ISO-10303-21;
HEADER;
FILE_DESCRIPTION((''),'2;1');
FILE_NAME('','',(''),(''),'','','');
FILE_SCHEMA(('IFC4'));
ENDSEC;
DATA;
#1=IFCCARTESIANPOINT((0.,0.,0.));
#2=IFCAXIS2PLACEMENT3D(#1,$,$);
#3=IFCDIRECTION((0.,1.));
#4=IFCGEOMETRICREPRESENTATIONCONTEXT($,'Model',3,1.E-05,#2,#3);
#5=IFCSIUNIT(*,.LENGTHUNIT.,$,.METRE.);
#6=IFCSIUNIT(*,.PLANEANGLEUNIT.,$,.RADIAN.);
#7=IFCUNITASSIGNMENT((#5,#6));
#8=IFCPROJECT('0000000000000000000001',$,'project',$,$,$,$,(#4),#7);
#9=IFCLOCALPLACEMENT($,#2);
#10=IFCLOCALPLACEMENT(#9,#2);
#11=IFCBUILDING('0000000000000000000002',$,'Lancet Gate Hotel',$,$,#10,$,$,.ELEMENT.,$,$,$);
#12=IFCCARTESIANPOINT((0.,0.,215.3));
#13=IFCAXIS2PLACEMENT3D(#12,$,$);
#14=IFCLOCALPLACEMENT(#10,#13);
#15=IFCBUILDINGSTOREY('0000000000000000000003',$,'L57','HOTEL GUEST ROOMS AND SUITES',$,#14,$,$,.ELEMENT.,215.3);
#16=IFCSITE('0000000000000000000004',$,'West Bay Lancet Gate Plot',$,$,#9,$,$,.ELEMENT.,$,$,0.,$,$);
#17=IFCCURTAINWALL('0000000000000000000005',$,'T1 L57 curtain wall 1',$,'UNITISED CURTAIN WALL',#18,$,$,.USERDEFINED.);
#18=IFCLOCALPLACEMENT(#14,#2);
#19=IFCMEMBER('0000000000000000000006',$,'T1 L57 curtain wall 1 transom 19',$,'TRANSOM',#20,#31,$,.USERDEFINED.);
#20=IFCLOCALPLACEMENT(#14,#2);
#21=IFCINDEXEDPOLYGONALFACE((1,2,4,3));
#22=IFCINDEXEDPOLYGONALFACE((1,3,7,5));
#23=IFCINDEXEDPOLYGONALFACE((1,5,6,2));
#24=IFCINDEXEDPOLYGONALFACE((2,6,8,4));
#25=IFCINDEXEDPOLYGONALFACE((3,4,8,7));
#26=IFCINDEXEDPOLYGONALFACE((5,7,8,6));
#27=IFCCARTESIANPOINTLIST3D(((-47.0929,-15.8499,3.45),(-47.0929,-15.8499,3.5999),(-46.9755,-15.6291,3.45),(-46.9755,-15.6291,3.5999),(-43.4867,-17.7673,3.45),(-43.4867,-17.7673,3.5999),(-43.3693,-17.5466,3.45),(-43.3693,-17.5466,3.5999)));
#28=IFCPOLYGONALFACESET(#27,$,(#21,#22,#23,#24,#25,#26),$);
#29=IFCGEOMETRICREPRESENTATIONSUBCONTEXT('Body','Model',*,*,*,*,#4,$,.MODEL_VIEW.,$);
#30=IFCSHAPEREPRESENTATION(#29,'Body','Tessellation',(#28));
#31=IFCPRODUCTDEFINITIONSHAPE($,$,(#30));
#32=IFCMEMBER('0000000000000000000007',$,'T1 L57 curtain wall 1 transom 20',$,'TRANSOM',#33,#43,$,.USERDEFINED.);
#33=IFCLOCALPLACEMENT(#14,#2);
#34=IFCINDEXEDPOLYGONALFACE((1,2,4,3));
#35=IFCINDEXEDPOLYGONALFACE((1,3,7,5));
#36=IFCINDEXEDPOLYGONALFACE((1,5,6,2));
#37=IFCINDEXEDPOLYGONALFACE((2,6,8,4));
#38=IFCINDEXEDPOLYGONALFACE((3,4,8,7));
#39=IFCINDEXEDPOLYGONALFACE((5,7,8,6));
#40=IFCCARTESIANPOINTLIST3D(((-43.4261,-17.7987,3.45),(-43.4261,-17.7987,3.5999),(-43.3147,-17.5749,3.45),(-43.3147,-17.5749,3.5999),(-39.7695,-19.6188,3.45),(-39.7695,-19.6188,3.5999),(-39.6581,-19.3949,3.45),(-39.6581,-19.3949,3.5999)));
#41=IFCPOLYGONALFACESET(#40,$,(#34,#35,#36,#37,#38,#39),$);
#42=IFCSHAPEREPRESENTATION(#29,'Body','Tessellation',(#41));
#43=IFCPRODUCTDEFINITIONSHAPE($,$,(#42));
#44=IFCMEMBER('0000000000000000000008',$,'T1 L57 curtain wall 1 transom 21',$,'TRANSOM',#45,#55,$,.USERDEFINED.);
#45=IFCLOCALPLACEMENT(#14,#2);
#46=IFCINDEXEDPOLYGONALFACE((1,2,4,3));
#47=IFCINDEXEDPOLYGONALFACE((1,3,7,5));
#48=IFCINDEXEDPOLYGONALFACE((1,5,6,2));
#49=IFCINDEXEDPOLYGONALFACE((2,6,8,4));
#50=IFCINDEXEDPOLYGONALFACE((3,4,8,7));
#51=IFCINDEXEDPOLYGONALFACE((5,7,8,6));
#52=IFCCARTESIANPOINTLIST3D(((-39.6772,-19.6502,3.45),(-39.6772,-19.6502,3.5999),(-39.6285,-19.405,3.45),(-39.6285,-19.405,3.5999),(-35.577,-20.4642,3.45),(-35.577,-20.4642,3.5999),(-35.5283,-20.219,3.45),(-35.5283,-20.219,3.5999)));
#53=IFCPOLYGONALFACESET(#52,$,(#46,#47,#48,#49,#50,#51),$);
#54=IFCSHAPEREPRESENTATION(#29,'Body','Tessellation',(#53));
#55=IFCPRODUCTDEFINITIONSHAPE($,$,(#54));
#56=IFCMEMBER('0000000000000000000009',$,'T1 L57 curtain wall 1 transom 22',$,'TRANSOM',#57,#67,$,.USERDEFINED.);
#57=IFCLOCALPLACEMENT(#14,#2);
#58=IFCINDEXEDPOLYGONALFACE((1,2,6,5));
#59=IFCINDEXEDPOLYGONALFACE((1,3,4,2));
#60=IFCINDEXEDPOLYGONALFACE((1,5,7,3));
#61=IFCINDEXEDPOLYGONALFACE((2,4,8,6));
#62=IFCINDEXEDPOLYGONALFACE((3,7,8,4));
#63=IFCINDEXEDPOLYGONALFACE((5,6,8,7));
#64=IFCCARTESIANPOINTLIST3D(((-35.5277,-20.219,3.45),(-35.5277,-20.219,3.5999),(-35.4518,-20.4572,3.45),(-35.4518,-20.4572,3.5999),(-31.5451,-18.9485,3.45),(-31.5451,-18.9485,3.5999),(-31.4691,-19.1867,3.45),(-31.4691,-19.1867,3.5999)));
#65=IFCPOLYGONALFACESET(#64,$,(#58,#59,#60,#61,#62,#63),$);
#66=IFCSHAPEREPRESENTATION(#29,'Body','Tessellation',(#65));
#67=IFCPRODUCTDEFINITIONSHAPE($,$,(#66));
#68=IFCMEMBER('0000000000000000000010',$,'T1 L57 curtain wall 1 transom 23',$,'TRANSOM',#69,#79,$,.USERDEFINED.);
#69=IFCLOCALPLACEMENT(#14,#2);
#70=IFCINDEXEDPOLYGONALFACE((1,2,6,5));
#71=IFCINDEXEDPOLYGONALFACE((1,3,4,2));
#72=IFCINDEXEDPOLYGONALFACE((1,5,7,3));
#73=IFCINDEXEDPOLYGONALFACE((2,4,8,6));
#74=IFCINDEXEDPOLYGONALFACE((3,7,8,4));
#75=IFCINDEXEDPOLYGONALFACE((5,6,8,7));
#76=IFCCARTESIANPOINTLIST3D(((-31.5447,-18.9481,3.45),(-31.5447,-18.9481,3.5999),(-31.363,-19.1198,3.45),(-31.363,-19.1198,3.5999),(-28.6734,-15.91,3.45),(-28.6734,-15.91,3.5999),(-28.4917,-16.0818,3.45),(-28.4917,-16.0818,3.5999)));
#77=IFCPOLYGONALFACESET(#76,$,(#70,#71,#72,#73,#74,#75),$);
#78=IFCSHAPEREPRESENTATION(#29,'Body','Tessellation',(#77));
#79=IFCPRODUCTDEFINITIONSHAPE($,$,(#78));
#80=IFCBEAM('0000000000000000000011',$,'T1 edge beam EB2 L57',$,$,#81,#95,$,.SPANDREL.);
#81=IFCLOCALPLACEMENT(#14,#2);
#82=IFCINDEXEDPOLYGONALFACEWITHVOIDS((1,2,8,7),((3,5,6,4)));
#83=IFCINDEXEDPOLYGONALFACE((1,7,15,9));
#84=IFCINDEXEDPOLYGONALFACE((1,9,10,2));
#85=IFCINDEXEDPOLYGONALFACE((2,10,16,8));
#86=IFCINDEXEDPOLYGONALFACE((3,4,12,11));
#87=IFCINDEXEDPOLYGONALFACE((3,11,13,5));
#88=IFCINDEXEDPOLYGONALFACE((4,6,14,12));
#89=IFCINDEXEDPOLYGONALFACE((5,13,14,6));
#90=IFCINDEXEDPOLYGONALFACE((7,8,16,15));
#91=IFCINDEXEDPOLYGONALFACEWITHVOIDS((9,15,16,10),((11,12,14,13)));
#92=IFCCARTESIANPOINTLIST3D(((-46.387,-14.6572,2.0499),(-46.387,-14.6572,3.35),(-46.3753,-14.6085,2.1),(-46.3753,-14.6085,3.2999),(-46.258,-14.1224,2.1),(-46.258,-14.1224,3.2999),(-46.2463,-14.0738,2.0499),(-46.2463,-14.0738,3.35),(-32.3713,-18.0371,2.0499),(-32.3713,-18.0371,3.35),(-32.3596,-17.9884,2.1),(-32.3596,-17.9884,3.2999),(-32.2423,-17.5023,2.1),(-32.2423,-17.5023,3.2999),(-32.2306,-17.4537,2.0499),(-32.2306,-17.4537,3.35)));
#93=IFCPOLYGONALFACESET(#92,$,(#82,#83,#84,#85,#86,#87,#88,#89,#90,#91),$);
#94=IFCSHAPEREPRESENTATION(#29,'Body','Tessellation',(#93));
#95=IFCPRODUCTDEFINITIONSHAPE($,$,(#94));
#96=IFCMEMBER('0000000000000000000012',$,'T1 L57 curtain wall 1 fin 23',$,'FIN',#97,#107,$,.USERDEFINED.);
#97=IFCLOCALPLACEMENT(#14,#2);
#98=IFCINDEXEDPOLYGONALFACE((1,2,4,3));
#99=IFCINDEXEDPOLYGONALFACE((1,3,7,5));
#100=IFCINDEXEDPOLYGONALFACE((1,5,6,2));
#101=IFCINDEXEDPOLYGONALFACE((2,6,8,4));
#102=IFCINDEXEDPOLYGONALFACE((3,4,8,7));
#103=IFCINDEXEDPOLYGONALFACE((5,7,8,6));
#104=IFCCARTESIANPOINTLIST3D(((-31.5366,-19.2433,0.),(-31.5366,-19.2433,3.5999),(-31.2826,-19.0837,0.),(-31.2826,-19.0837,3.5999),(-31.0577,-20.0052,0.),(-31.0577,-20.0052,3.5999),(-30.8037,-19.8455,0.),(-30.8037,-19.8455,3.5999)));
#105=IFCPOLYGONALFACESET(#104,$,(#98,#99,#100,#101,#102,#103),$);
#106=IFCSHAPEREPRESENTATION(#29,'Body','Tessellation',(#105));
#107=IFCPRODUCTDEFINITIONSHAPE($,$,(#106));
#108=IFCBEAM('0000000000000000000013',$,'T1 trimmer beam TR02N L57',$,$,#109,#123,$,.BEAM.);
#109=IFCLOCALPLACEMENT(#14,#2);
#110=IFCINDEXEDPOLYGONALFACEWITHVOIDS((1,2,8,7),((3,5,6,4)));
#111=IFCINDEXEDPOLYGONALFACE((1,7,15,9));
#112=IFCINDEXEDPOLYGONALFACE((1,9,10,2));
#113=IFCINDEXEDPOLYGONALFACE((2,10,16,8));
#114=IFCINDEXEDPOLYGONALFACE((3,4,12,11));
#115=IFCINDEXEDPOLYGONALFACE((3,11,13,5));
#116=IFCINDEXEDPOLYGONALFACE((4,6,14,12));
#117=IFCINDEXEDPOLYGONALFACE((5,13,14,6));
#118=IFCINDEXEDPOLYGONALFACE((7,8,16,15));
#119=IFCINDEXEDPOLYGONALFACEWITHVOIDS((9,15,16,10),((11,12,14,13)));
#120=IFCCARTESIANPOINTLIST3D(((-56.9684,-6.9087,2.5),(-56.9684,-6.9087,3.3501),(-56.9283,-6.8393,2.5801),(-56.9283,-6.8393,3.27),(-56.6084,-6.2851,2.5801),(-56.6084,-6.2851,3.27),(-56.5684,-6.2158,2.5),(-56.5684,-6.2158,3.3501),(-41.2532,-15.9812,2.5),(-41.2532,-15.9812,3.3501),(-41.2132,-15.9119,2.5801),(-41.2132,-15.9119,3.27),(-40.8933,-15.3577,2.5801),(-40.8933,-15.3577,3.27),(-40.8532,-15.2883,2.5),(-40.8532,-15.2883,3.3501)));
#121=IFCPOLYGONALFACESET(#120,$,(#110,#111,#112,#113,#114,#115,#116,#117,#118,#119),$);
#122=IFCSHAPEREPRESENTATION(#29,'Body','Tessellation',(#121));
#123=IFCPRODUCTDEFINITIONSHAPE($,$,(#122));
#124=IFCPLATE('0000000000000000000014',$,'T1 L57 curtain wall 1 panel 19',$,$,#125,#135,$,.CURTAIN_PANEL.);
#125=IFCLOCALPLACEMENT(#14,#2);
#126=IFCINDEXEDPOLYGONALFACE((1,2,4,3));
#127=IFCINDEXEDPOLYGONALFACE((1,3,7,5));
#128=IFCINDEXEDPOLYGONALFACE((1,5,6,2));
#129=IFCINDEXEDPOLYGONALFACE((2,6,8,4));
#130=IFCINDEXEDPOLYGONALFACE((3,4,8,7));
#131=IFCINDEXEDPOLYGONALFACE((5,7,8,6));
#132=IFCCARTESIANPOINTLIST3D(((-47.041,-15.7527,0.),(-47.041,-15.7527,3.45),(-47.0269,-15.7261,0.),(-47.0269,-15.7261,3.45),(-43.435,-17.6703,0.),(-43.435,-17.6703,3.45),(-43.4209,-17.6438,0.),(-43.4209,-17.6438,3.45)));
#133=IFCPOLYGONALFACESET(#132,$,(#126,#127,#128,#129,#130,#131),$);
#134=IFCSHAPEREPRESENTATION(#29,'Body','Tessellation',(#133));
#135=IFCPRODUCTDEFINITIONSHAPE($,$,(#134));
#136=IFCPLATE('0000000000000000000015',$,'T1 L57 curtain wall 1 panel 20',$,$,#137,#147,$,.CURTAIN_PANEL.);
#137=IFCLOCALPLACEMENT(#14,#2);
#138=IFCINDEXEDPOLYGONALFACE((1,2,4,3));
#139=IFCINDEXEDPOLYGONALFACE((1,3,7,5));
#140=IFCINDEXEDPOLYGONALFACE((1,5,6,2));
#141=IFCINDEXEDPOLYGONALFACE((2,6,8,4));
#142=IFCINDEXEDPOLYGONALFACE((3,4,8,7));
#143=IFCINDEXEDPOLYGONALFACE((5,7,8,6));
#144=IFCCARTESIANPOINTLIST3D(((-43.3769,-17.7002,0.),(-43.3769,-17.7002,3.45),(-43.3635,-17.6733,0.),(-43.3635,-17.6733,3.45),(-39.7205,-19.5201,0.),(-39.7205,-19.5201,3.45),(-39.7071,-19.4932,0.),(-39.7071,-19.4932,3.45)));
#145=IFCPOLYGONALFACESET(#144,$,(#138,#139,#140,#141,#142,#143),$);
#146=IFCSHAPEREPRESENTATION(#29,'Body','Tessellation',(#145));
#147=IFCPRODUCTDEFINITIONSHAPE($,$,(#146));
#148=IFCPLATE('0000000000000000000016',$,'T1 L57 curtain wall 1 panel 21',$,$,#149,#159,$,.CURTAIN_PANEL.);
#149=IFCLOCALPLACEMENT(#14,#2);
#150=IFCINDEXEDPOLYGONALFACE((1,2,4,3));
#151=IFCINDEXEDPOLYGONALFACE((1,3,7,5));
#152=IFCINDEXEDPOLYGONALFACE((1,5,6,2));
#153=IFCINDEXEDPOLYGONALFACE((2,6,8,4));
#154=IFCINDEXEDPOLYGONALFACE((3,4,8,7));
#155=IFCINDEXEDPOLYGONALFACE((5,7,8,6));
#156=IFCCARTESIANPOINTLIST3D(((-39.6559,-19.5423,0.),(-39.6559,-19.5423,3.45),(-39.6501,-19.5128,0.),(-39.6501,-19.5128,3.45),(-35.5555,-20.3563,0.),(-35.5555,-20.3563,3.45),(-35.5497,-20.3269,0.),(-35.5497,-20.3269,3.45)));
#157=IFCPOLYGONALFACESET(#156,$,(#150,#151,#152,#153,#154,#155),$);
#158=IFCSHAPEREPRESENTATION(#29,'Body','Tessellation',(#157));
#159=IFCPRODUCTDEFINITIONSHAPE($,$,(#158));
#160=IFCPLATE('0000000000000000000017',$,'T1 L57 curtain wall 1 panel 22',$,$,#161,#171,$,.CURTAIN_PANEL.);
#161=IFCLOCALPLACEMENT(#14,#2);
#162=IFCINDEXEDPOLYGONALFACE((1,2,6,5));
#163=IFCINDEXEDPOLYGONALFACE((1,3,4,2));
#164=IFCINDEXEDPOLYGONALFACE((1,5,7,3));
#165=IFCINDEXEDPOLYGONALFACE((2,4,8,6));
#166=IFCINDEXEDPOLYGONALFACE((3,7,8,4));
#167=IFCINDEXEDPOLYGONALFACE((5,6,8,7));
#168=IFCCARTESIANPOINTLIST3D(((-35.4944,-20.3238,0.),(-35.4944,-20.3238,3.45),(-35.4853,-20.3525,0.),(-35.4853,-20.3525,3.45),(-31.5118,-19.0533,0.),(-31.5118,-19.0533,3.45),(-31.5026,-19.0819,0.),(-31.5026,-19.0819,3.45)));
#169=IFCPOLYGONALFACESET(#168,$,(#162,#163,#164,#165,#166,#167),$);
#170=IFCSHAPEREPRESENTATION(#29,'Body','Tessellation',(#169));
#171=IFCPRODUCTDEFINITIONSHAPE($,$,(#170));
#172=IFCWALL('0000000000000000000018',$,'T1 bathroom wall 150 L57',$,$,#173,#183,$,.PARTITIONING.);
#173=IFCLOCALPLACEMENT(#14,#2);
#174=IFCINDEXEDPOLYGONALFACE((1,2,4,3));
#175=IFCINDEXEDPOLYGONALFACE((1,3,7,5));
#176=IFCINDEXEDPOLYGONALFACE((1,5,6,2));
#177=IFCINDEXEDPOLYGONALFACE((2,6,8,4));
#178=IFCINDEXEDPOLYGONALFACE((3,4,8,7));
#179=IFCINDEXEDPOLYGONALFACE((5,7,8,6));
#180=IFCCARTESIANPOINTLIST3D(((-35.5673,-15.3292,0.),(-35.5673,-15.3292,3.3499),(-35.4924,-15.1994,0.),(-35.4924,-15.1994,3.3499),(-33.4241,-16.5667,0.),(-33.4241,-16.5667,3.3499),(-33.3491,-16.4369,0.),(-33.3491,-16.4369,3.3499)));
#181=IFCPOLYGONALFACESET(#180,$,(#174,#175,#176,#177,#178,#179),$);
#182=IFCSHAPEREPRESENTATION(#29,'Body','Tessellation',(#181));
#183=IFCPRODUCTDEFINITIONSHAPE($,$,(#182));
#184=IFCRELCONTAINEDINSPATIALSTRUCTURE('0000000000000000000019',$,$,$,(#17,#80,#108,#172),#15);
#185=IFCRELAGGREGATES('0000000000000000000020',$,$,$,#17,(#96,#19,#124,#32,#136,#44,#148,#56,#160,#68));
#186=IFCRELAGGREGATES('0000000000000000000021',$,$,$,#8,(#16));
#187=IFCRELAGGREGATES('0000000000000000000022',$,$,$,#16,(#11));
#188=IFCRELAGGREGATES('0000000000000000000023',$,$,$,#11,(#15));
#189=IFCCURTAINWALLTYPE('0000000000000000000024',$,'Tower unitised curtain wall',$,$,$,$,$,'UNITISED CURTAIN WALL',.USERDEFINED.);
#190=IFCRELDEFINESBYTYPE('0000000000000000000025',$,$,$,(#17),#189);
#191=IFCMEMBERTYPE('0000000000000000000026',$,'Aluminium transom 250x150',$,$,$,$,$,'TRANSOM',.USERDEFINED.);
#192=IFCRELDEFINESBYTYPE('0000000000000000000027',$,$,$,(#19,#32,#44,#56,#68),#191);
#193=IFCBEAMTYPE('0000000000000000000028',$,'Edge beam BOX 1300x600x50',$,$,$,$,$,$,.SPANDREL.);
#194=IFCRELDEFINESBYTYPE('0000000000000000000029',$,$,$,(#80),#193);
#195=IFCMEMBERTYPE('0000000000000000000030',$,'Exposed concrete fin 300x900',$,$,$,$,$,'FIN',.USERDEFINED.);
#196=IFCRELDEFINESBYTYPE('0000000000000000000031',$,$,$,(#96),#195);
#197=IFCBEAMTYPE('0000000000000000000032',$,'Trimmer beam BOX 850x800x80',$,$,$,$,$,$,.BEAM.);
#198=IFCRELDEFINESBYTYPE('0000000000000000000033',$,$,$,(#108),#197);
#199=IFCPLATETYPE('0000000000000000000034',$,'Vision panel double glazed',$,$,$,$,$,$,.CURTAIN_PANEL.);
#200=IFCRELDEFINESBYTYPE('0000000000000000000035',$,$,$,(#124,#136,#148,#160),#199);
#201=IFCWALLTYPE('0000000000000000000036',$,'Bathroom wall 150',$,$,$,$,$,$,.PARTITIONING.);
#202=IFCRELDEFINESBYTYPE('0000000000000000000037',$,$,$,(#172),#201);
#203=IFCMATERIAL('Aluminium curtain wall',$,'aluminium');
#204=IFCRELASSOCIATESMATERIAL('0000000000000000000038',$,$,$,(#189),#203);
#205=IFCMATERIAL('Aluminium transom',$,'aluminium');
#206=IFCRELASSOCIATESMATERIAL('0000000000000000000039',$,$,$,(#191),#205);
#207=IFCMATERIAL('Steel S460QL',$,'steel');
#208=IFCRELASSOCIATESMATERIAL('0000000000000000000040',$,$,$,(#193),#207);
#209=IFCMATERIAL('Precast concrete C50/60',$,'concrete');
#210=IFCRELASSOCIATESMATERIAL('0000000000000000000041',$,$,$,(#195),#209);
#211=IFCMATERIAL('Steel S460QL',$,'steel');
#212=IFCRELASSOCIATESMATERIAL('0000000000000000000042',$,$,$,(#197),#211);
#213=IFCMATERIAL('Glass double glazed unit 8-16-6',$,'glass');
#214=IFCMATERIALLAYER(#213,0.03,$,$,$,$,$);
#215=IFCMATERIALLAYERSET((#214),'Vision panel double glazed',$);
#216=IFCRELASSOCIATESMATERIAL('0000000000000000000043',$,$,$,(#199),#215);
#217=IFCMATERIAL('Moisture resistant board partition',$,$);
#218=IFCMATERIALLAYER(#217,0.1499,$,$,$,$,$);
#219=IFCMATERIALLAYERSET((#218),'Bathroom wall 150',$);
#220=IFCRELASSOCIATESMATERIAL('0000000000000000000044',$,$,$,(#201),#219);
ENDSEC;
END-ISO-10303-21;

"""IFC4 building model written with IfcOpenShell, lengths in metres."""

from ifc_helpers import new_model, si_unit, direction, frame, frame_2d, origin, origin_2d, place, context, subcontext, project, spatial, rectangle, hollow_rectangle, extrude, material, layer, layer_set, material_profile, profile_set, type_object, element, aggregate, save


model = new_model("IFC4")

# Units and contexts
model_context = context("Model", 3, precision=1e-05, world=origin(), true_north=direction((0.0, 1.0)))
body_context = subcontext(model_context, "Body", "Model", "MODEL_VIEW")
ifc_project = project(units=[si_unit("LENGTHUNIT", "METRE"), si_unit("PLANEANGLEUNIT", "RADIAN")], contexts=[model_context])

# Site, building, storey
site_placement = place(None, origin())
site = spatial("IfcSite", under=ifc_project, at=site_placement, Name="West Bay Lancet Gate Plot", CompositionType="ELEMENT", RefElevation=0.0)
building_placement = place(site_placement, origin())
building = spatial("IfcBuilding", under=site, at=building_placement, Name="Lancet Gate Hotel", CompositionType="ELEMENT")
storey_placement = place(building_placement, frame((0.0, 0.0, 215.3)))
storey = spatial("IfcBuildingStorey", under=building, at=storey_placement, Name="L57", Description="HOTEL GUEST ROOMS AND SUITES", CompositionType="ELEMENT", Elevation=215.3)

# Curtain wall, members
ifc_material_1 = material(Name="Aluminium curtain wall", Category="aluminium")
curtain_wall_type = type_object("IfcCurtainWallType", Name="Tower unitised curtain wall", ElementType="UNITISED CURTAIN WALL", PredefinedType="USERDEFINED", material=ifc_material_1)
curtain_wall_placement = place(storey_placement, origin())
curtain_wall = element("IfcCurtainWall", 1, at=curtain_wall_placement, inside=storey, type_object=curtain_wall_type, Name="T1 L57 curtain wall 1", ObjectType="UNITISED CURTAIN WALL", PredefinedType="USERDEFINED")
ifc_material_2 = material(Name="Aluminium transom", Category="aluminium")
ifc_material_profile_1 = material_profile(ifc_material_2, rectangle(XDim=0.25, YDim=0.1499, at=origin_2d()), Name="TRANSOM 250x150")
ifc_profile_set_1 = profile_set([ifc_material_profile_1], Name="Aluminium transom")
member_type_1 = type_object("IfcMemberType", Name="Aluminium transom 250x150", ElementType="TRANSOM", PredefinedType="USERDEFINED", material=ifc_profile_set_1)
member_1_placement = place(storey_placement, frame((-47.0342, -15.7395, 3.5249), z_axis=(0.882945, -0.469477, 0.0), x_axis=(0.469477, 0.882945, 0.0)))
member_1 = element("IfcMember", 2, at=member_1_placement, type_object=member_type_1, Name="T1 L57 curtain wall 1 transom 19", ObjectType="TRANSOM", PredefinedType="USERDEFINED", context=body_context, shape_type="SweptSolid", body=[
    extrude(rectangle(XDim=0.25, YDim=0.1499, at=origin_2d()), origin(), (0.0, 0.0, 1.0), 4.0842),
])
member_2_placement = place(storey_placement, frame((-43.3704, -17.6868, 3.5249), z_axis=(0.895227, -0.445611, 0.0), x_axis=(0.445611, 0.895227, 0.0)))
member_2 = element("IfcMember", 3, at=member_2_placement, type_object=member_type_1, Name="T1 L57 curtain wall 1 transom 20", ObjectType="TRANSOM", PredefinedType="USERDEFINED", context=body_context, shape_type="SweptSolid", body=[
    extrude(rectangle(XDim=0.25, YDim=0.1499, at=origin_2d()), origin(), (0.0, 0.0, 1.0), 4.0845),
])
member_3_placement = place(storey_placement, frame((-39.6528, -19.5276, 3.5249), z_axis=(0.980858, -0.194723, 0.0), x_axis=(0.194723, 0.980858, 0.0)))
member_3 = element("IfcMember", 4, at=member_3_placement, type_object=member_type_1, Name="T1 L57 curtain wall 1 transom 21", ObjectType="TRANSOM", PredefinedType="USERDEFINED", context=body_context, shape_type="SweptSolid", body=[
    extrude(rectangle(XDim=0.25, YDim=0.1499, at=origin_2d()), origin(), (0.0, 0.0, 1.0), 4.1802),
])
member_4_placement = place(storey_placement, frame((-35.4897, -20.3381, 3.5249), z_axis=(0.952698, 0.30392, 0.0), x_axis=(-0.30392, 0.952698, 0.0)))
member_4 = element("IfcMember", 5, at=member_4_placement, type_object=member_type_1, Name="T1 L57 curtain wall 1 transom 22", ObjectType="TRANSOM", PredefinedType="USERDEFINED", context=body_context, shape_type="SweptSolid", body=[
    extrude(rectangle(XDim=0.25, YDim=0.1499, at=origin_2d()), origin(), (0.0, 0.0, 1.0), 4.1804),
])
member_5_placement = place(storey_placement, frame((-31.4539, -19.0339, 3.5249), z_axis=(0.686881, 0.72677, 0.0), x_axis=(-0.72677, 0.686881, 0.0)))
member_5 = element("IfcMember", 6, at=member_5_placement, type_object=member_type_1, Name="T1 L57 curtain wall 1 transom 23", ObjectType="TRANSOM", PredefinedType="USERDEFINED", context=body_context, shape_type="SweptSolid", body=[
    extrude(rectangle(XDim=0.25, YDim=0.1499, at=origin_2d()), origin(), (0.0, 0.0, 1.0), 4.1802),
])

# Beam
ifc_material_3 = material(Name="Steel S460QL", Category="steel")
ifc_material_profile_2 = material_profile(ifc_material_3, hollow_rectangle(XDim=0.6001, YDim=1.3, WallThickness=0.05, at=origin_2d()), Name="BOX 1300x600x50")
ifc_profile_set_2 = profile_set([ifc_material_profile_2], Name="Steel S460QL")
beam_type_1 = type_object("IfcBeamType", Name="Edge beam BOX 1300x600x50", PredefinedType="SPANDREL", material=ifc_profile_set_2)
beam_1_placement = place(storey_placement, frame((-46.3167, -14.3655, 2.7), z_axis=(0.972133, -0.234431, 0.0), x_axis=(0.234431, 0.972133, 0.0)))
element("IfcBeam", 7, at=beam_1_placement, inside=storey, type_object=beam_type_1, Name="T1 edge beam EB2 L57", PredefinedType="SPANDREL", context=body_context, shape_type="SweptSolid", body=[
    extrude(hollow_rectangle(XDim=0.6001, YDim=1.3, WallThickness=0.05, at=origin_2d()), origin(), (0.0, 0.0, 1.0), 14.4175),
])

# Member
ifc_material_4 = material(Name="Precast concrete C50/60", Category="concrete")
ifc_material_profile_3 = material_profile(ifc_material_4, rectangle(XDim=0.3, YDim=0.8999, at=origin_2d()), Name="FIN 300x900")
ifc_profile_set_3 = profile_set([ifc_material_profile_3], Name="Precast concrete C50/60")
member_type_2 = type_object("IfcMemberType", Name="Exposed concrete fin 300x900", ElementType="FIN", PredefinedType="USERDEFINED", material=ifc_profile_set_3)
member_6_placement = place(storey_placement, frame((-31.1702, -19.5444, 0.0), z_axis=(0.0, 0.0, 1.0), x_axis=(0.846613, 0.532209, 0.0)))
member_6 = element("IfcMember", 8, at=member_6_placement, type_object=member_type_2, Name="T1 L57 curtain wall 1 fin 23", ObjectType="FIN", PredefinedType="USERDEFINED", context=body_context, shape_type="SweptSolid", body=[
    extrude(rectangle(XDim=0.3, YDim=0.8999, at=origin_2d()), origin(), (0.0, 0.0, 1.0), 3.5999),
])

# Beam
ifc_material_5 = material(Name="Steel S460QL", Category="steel")
ifc_material_profile_4 = material_profile(ifc_material_5, hollow_rectangle(XDim=0.8, YDim=0.8501, WallThickness=0.0801, at=origin_2d()), Name="BOX 850x800x80")
ifc_profile_set_4 = profile_set([ifc_material_profile_4], Name="Steel S460QL")
beam_type_2 = type_object("IfcBeamType", Name="Trimmer beam BOX 850x800x80", PredefinedType="BEAM", material=ifc_profile_set_4)
beam_2_placement = place(storey_placement, frame((-41.0532, -15.6348, 2.925), z_axis=(-0.86604, 0.499975, 0.0), x_axis=(-0.499975, -0.86604, 0.0)))
element("IfcBeam", 9, at=beam_2_placement, inside=storey, type_object=beam_type_2, Name="T1 trimmer beam TR02N L57", PredefinedType="BEAM", context=body_context, shape_type="SweptSolid", body=[
    extrude(hollow_rectangle(XDim=0.8, YDim=0.8501, WallThickness=0.0801, at=origin_2d()), origin(), (0.0, 0.0, 1.0), 18.146),
])

# Plates
ifc_material_6 = material(Name="Glass double glazed unit 8-16-6", Category="glass")
ifc_layer_1 = layer(ifc_material_6, 0.03)
ifc_layer_set_1 = layer_set([ifc_layer_1], Name="Vision panel double glazed")
plate_type = type_object("IfcPlateType", Name="Vision panel double glazed", PredefinedType="CURTAIN_PANEL", material=ifc_layer_set_1)
plate_1_placement = place(storey_placement, frame((-45.231, -16.6982, 0.0), z_axis=(0.0, 0.0, 1.0), x_axis=(0.882916, -0.469531, 0.0)))
plate_1 = element("IfcPlate", 10, at=plate_1_placement, type_object=plate_type, Name="T1 L57 curtain wall 1 panel 19", PredefinedType="CURTAIN_PANEL", context=body_context, shape_type="SweptSolid", body=[
    extrude(rectangle(XDim=4.0842, YDim=0.03, at=origin_2d()), origin(), (0.0, 0.0, 1.0), 3.45),
])
plate_2_placement = place(storey_placement, frame((-41.542, -18.5967, 0.0), z_axis=(0.0, 0.0, 1.0), x_axis=(0.895234, -0.445596, 0.0)))
plate_2 = element("IfcPlate", 11, at=plate_2_placement, type_object=plate_type, Name="T1 L57 curtain wall 1 panel 20", PredefinedType="CURTAIN_PANEL", context=body_context, shape_type="SweptSolid", body=[
    extrude(rectangle(XDim=4.0842, YDim=0.03, at=origin_2d()), origin(), (0.0, 0.0, 1.0), 3.45),
])
plate_3_placement = place(storey_placement, frame((-37.6028, -19.9346, 0.0), z_axis=(0.0, 0.0, 1.0), x_axis=(0.980857, -0.194731, 0.0)))
plate_3 = element("IfcPlate", 12, at=plate_3_placement, type_object=plate_type, Name="T1 L57 curtain wall 1 panel 21", PredefinedType="CURTAIN_PANEL", context=body_context, shape_type="SweptSolid", body=[
    extrude(rectangle(XDim=4.1804, YDim=0.03, at=origin_2d()), origin(), (0.0, 0.0, 1.0), 3.45),
])
plate_4_placement = place(storey_placement, frame((-33.4985, -19.7029, 0.0), z_axis=(0.0, 0.0, 1.0), x_axis=(0.952696, 0.303926, 0.0)))
plate_4 = element("IfcPlate", 13, at=plate_4_placement, type_object=plate_type, Name="T1 L57 curtain wall 1 panel 22", PredefinedType="CURTAIN_PANEL", context=body_context, shape_type="SweptSolid", body=[
    extrude(rectangle(XDim=4.1804, YDim=0.03, at=origin_2d()), origin(), (0.0, 0.0, 1.0), 3.45),
])
aggregate(curtain_wall, [member_6, member_1, plate_1, member_2, plate_2, member_3, plate_3, member_4, plate_4, member_5])

# Wall
ifc_material_7 = material(Name="Moisture resistant board partition")
ifc_layer_2 = layer(ifc_material_7, 0.1499)
ifc_layer_set_2 = layer_set([ifc_layer_2], Name="Bathroom wall 150")
wall_type_1 = type_object("IfcWallType", Name="Bathroom wall 150", PredefinedType="PARTITIONING", material=ifc_layer_set_2)
wall_1_placement = place(storey_placement, frame((-33.3867, -16.5017, 0.0), z_axis=(0.0, 0.0, 1.0), x_axis=(-0.866007, 0.500033, 0.0)))
element("IfcWall", 14, at=wall_1_placement, inside=storey, type_object=wall_type_1, Name="T1 bathroom wall 150 L57", PredefinedType="PARTITIONING", context=body_context, shape_type="SweptSolid", body=[
    extrude(rectangle(XDim=2.4749, YDim=0.1499, at=frame_2d((1.2373, 0.0))), origin(), (0.0, 0.0, 1.0), 3.3499),
])

save(model, "model.ifc")
